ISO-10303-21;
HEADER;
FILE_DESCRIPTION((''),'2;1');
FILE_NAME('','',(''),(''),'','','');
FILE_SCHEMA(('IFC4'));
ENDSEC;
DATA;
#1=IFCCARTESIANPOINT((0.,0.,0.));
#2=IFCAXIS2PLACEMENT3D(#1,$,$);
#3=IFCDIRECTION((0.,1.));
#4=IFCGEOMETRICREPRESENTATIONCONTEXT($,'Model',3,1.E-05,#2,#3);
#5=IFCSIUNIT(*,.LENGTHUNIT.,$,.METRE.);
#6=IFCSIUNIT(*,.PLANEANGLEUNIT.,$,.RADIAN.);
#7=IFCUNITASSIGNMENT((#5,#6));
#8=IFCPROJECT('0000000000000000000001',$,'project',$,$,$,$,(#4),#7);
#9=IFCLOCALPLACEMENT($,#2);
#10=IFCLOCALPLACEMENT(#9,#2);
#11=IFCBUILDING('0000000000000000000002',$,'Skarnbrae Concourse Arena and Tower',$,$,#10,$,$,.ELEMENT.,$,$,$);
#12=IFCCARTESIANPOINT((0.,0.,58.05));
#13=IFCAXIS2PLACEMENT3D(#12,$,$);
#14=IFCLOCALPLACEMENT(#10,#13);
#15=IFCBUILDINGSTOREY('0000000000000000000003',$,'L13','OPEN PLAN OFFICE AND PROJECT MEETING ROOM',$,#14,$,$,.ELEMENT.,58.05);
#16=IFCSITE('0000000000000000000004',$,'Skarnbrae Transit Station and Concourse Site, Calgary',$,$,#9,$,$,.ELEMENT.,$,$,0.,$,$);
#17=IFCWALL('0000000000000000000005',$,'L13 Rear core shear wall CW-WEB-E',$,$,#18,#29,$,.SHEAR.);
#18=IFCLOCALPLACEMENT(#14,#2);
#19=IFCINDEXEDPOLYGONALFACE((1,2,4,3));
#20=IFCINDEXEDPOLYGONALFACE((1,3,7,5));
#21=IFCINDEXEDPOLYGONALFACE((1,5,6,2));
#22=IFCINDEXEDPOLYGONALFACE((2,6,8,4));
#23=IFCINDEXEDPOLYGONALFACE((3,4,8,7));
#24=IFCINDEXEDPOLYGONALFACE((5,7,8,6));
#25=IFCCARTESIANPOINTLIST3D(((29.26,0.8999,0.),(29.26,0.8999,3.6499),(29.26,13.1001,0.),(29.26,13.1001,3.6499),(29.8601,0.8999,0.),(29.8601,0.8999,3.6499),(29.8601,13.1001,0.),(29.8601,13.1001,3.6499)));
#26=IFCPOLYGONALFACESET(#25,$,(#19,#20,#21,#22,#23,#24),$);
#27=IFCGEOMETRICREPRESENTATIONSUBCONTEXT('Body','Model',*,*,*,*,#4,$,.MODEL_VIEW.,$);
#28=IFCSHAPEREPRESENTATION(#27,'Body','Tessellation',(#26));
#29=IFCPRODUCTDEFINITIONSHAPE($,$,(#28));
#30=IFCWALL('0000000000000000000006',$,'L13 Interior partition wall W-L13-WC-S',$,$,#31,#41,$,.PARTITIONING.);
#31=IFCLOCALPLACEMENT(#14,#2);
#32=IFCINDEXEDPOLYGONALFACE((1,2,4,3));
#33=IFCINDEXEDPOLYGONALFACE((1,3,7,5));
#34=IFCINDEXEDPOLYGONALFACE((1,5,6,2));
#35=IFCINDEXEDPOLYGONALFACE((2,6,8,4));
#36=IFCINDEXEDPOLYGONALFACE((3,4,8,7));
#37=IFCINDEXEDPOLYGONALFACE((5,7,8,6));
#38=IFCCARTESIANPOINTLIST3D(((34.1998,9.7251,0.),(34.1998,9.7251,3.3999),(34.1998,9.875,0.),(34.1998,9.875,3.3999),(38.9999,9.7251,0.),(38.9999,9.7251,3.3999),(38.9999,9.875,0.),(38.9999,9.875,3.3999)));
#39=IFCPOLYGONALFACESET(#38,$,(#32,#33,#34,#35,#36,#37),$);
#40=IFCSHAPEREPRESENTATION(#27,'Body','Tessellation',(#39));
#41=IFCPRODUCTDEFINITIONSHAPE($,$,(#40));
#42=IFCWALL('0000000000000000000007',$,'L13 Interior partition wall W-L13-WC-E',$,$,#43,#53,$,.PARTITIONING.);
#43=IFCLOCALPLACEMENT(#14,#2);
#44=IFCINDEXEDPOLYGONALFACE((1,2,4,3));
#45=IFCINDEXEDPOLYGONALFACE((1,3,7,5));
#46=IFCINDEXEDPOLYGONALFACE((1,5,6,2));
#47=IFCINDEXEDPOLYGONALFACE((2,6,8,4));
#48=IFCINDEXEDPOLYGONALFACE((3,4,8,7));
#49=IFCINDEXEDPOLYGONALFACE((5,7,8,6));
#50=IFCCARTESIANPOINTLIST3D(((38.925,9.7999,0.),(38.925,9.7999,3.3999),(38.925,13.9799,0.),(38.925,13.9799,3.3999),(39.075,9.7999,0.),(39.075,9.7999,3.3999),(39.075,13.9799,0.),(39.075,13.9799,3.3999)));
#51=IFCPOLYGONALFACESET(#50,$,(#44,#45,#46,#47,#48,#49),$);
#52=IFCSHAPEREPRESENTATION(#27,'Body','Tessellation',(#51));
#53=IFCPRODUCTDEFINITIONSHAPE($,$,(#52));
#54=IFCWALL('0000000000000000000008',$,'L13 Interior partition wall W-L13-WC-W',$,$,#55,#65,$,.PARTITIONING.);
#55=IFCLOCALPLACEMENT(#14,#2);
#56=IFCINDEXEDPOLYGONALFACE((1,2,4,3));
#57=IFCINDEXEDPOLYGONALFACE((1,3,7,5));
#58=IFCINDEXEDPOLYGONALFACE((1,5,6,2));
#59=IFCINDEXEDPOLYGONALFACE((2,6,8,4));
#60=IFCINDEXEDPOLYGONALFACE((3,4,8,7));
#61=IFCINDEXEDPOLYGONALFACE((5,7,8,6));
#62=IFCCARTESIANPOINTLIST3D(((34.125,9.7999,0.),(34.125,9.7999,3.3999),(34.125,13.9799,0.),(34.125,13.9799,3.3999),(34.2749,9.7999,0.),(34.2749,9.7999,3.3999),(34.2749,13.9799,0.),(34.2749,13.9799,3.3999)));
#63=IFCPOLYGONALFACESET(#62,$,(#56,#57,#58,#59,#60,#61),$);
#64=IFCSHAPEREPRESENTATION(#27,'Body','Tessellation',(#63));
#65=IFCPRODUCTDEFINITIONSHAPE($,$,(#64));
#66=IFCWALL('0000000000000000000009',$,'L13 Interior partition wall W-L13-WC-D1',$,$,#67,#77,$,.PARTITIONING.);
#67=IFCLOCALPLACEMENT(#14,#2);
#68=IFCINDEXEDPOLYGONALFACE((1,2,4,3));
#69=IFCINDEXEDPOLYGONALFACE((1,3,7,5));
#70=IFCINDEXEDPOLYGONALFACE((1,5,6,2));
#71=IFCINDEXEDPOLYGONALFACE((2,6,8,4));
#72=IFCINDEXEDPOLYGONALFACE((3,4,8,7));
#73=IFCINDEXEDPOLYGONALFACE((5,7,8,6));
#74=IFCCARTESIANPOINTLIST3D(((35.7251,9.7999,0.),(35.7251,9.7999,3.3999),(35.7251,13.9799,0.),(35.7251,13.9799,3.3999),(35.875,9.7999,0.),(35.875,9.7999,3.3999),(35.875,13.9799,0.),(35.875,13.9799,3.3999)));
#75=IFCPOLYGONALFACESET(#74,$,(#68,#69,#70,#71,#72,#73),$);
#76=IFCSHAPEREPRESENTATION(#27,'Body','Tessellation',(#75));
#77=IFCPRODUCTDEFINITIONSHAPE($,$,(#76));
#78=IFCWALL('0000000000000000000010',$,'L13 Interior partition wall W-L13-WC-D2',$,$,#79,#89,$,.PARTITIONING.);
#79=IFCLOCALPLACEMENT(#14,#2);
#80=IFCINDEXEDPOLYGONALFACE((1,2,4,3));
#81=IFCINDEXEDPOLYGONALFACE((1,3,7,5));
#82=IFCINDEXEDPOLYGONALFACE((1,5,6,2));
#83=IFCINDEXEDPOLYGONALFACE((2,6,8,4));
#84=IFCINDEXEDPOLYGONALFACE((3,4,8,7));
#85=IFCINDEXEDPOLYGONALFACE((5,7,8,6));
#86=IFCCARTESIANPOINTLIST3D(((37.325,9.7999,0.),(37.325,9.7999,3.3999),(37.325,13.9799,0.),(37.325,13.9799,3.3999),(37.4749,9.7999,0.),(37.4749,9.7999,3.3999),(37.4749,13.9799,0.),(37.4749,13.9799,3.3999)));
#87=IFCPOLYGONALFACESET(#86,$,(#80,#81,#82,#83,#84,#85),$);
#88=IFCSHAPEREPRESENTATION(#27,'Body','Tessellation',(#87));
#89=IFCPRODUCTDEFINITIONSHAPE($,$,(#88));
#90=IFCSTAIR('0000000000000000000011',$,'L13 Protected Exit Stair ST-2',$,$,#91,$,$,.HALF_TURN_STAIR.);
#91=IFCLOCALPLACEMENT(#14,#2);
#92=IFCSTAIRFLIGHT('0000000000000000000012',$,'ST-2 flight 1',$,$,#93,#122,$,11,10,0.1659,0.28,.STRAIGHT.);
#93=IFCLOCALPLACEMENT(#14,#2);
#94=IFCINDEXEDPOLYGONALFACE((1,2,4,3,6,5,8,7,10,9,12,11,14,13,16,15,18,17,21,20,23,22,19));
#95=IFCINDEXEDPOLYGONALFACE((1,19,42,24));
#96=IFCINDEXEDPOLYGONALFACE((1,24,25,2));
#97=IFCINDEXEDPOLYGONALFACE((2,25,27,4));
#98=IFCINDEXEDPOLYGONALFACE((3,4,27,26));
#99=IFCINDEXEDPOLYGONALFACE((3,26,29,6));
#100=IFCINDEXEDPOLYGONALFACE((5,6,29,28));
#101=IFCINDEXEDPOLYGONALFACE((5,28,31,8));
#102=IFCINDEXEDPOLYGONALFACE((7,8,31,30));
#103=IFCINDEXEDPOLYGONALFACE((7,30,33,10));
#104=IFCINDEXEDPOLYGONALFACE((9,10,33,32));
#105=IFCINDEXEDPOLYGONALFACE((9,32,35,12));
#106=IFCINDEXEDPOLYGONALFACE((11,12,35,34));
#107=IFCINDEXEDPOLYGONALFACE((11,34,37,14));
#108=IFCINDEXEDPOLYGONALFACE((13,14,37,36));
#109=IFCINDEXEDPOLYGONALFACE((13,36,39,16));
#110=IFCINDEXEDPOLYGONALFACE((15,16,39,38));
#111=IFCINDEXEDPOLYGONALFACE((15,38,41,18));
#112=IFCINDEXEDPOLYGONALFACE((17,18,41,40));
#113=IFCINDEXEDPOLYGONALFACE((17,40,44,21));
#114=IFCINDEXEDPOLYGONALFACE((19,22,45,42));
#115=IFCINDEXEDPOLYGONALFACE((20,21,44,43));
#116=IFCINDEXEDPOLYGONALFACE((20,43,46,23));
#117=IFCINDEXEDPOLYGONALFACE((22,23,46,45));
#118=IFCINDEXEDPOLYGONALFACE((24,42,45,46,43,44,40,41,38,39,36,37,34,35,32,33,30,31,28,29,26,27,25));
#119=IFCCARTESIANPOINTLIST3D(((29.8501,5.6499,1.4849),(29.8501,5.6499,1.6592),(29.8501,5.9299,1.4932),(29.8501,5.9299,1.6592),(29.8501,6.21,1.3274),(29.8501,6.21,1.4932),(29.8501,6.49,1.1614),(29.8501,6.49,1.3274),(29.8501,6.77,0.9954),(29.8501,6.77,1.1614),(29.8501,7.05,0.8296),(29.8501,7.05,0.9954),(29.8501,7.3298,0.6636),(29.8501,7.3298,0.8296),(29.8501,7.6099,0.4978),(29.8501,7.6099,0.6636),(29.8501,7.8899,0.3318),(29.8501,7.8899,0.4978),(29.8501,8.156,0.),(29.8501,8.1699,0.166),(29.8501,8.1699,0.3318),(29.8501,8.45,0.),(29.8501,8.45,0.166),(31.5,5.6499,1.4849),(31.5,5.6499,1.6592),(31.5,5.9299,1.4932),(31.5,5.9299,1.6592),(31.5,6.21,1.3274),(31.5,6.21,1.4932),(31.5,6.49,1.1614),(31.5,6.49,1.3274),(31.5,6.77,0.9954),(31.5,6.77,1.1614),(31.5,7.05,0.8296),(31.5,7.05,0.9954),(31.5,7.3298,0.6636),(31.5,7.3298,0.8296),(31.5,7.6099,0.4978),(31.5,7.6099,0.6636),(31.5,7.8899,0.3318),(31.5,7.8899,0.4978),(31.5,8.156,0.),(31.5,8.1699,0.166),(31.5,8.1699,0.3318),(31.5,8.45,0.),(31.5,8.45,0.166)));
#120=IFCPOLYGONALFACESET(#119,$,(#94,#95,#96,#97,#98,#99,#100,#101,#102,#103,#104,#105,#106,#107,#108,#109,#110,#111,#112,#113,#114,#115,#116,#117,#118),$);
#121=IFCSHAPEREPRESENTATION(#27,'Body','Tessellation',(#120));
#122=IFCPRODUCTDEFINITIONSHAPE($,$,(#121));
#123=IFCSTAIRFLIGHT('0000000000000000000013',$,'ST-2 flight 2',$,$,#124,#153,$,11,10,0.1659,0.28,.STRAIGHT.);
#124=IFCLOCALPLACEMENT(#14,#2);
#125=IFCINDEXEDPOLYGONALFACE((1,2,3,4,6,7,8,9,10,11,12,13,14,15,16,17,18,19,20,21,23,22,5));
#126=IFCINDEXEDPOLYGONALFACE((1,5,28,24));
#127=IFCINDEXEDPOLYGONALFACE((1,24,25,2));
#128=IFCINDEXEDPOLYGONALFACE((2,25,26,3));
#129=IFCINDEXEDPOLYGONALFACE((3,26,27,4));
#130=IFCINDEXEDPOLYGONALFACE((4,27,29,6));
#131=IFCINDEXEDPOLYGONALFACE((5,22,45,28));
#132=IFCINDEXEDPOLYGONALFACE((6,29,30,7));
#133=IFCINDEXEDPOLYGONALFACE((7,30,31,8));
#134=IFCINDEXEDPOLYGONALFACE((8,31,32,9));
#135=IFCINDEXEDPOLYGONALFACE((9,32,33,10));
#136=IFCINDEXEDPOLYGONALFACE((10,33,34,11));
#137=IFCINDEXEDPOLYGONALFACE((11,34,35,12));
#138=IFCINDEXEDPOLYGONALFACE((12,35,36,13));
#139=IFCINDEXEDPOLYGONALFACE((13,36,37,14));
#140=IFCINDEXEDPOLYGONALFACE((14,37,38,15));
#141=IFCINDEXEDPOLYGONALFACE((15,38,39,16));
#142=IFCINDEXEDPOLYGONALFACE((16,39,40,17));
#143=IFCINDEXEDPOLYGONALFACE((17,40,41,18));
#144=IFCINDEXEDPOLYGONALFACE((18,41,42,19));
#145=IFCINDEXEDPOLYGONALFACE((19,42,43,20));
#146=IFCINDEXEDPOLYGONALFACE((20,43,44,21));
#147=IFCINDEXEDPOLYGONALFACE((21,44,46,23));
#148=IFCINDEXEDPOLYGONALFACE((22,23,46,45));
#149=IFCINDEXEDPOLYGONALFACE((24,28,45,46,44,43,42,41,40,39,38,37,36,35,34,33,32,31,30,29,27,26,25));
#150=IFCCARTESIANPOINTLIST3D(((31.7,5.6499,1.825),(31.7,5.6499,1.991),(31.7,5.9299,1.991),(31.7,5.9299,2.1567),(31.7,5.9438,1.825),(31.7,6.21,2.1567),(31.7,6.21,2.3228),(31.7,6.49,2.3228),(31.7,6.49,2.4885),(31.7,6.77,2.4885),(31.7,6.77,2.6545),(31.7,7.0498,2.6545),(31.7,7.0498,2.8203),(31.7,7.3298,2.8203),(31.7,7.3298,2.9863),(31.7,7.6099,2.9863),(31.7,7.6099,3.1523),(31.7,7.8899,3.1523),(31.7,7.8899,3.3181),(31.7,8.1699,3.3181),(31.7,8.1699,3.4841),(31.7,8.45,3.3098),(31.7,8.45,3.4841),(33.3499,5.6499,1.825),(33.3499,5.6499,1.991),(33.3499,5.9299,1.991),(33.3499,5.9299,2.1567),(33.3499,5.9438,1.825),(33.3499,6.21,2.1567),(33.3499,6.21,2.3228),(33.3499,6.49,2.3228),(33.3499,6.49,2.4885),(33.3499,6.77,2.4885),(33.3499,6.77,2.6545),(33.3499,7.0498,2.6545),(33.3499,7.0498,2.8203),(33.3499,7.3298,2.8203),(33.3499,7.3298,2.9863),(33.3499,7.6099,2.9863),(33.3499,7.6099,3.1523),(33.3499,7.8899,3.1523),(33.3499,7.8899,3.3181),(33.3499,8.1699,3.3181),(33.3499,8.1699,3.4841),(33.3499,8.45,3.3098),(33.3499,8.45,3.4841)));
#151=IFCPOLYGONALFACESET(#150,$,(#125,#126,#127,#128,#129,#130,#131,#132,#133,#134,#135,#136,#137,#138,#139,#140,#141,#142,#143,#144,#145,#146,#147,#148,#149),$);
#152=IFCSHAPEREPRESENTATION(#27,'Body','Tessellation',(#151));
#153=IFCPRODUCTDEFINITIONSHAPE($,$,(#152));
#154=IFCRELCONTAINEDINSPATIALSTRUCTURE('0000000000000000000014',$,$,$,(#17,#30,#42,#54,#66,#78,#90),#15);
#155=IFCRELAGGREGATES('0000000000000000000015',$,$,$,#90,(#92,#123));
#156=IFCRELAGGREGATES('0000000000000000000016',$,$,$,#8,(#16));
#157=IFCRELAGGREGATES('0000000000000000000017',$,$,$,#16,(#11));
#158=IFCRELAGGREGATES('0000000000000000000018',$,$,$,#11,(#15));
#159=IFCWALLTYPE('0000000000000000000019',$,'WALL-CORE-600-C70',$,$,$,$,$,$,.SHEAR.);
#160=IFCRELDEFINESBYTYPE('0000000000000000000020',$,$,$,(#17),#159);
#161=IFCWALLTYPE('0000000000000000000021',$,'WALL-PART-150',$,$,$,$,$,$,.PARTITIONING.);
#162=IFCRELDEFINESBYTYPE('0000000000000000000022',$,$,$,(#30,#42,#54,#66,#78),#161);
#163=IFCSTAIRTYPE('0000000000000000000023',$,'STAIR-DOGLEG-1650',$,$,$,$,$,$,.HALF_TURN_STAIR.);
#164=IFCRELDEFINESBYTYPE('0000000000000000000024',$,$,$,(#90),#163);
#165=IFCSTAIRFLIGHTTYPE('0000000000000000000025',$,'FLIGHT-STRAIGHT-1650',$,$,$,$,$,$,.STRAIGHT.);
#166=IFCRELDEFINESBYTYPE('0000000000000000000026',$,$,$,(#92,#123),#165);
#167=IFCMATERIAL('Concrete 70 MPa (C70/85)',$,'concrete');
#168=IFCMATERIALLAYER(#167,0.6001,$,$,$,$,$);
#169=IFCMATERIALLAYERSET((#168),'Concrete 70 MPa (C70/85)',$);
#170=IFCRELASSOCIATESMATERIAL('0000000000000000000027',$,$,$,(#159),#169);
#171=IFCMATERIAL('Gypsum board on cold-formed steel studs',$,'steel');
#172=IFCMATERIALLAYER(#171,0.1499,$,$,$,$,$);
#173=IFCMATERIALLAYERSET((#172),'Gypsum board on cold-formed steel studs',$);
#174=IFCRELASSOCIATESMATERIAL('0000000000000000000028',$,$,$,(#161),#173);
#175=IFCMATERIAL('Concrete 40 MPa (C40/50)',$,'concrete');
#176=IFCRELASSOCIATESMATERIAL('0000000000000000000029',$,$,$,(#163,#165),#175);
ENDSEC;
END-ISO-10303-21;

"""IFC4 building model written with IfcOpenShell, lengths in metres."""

from ifc_helpers import new_model, si_unit, direction, frame, frame_2d, origin, place, context, subcontext, project, spatial, polyline, rectangle, outline, extrude, source, transform, mapped, material, layer, layer_set, type_object, element, aggregate, save


model = new_model("IFC4")

# Units and contexts
model_context = context("Model", 3, precision=1e-05, world=origin(), true_north=direction((0.0, 1.0)))
body_context = subcontext(model_context, "Body", "Model", "MODEL_VIEW")
ifc_project = project(units=[si_unit("LENGTHUNIT", "METRE"), si_unit("PLANEANGLEUNIT", "RADIAN")], contexts=[model_context])

# Site, building, storey
site_placement = place(None, origin())
site = spatial("IfcSite", under=ifc_project, at=site_placement, Name="Skarnbrae Transit Station and Concourse Site, Calgary", CompositionType="ELEMENT", RefElevation=0.0)
building_placement = place(site_placement, origin())
building = spatial("IfcBuilding", under=site, at=building_placement, Name="Skarnbrae Concourse Arena and Tower", CompositionType="ELEMENT")
storey_placement = place(building_placement, frame((0.0, 0.0, 58.05)))
storey = spatial("IfcBuildingStorey", under=building, at=storey_placement, Name="L13", Description="OPEN PLAN OFFICE AND PROJECT MEETING ROOM", CompositionType="ELEMENT", Elevation=58.05)

# Wall
ifc_material_1 = material(Name="Concrete 70 MPa (C70/85)", Category="concrete")
ifc_layer_1 = layer(ifc_material_1, 0.6001)
ifc_layer_set_1 = layer_set([ifc_layer_1], Name="Concrete 70 MPa (C70/85)")
wall_type_1 = type_object("IfcWallType", Name="WALL-CORE-600-C70", PredefinedType="SHEAR", material=ifc_layer_set_1)
shared_shape_1 = source(origin(), body_context, "Body", "SweptSolid", [
    extrude(rectangle(XDim=12.2002, YDim=0.6001, at=frame_2d((6.1001, 0.0))), origin(), (0.0, 0.0, 1.0), 3.6499),
])
wall_1_placement = place(storey_placement, frame((29.5601, 0.8999, 0.0), z_axis=(0.0, 0.0, 1.0), x_axis=(0.0, 1.0, 0.0)))
element("IfcWall", 1, at=wall_1_placement, inside=storey, type_object=wall_type_1, Name="L13 Rear core shear wall CW-WEB-E", PredefinedType="SHEAR", context=body_context, shape_type="MappedRepresentation", body=[
    mapped(shared_shape_1, transform((0.0, 0.0, 0.0))),
])

# Walls
ifc_material_2 = material(Name="Gypsum board on cold-formed steel studs", Category="steel")
ifc_layer_2 = layer(ifc_material_2, 0.1499)
ifc_layer_set_2 = layer_set([ifc_layer_2], Name="Gypsum board on cold-formed steel studs")
wall_type_2 = type_object("IfcWallType", Name="WALL-PART-150", PredefinedType="PARTITIONING", material=ifc_layer_set_2)
shared_shape_2 = source(origin(), body_context, "Body", "SweptSolid", [
    extrude(rectangle(XDim=4.8, YDim=0.1499, at=frame_2d((2.3999, 0.0))), origin(), (0.0, 0.0, 1.0), 3.3999),
])
wall_2_placement = place(storey_placement, frame((34.2, 9.8, 0.0), z_axis=(0.0, 0.0, 1.0), x_axis=(1.0, 0.0, 0.0)))
element("IfcWall", 2, at=wall_2_placement, inside=storey, type_object=wall_type_2, Name="L13 Interior partition wall W-L13-WC-S", PredefinedType="PARTITIONING", context=body_context, shape_type="MappedRepresentation", body=[
    mapped(shared_shape_2, transform((0.0, 0.0, 0.0))),
])
shared_shape_3 = source(origin(), body_context, "Body", "SweptSolid", [
    extrude(rectangle(XDim=4.1799, YDim=0.1499, at=frame_2d((2.0898, 0.0))), origin(), (0.0, 0.0, 1.0), 3.3999),
])
for number, where, z_axis, x_axis, name in (
    (3, (39.0, 9.8, 0.0), (0.0, 0.0, 1.0), (0.0, 1.0, 0.0), "L13 Interior partition wall W-L13-WC-E"),
    (4, (34.2, 9.8, 0.0), (0.0, 0.0, 1.0), (0.0, 1.0, 0.0), "L13 Interior partition wall W-L13-WC-W"),
    (5, (35.8, 9.8, 0.0), (0.0, 0.0, 1.0), (0.0, 1.0, 0.0), "L13 Interior partition wall W-L13-WC-D1"),
    (6, (37.3999, 9.8, 0.0), (0.0, 0.0, 1.0), (0.0, 1.0, 0.0), "L13 Interior partition wall W-L13-WC-D2"),
):
    element("IfcWall", number, at=place(storey_placement, frame(where, z_axis=z_axis, x_axis=x_axis)), inside=storey, type_object=wall_type_2, Name=name, PredefinedType="PARTITIONING", context=body_context, shape_type="MappedRepresentation", body=[
        mapped(shared_shape_3, transform((0.0, 0.0, 0.0))),
    ])

# Stair, stair flights
ifc_material_3 = material(Name="Concrete 40 MPa (C40/50)", Category="concrete")
stair_type = type_object("IfcStairType", Name="STAIR-DOGLEG-1650", PredefinedType="HALF_TURN_STAIR", material=ifc_material_3)
stair_placement = place(storey_placement, origin())
stair = element("IfcStair", 7, at=stair_placement, inside=storey, type_object=stair_type, Name="L13 Protected Exit Stair ST-2", PredefinedType="HALF_TURN_STAIR")
stair_flight_type = type_object("IfcStairFlightType", Name="FLIGHT-STRAIGHT-1650", PredefinedType="STRAIGHT", material=ifc_material_3)
shared_shape_4 = source(origin(), body_context, "Body", "SweptSolid", [
    extrude(outline(polyline([(0.0, 0.0), (0.0, 0.166), (0.28, 0.166), (0.28, 0.3318), (0.5601, 0.3318), (0.5601, 0.4978), (0.8401, 0.4978), (0.8401, 0.6636), (1.1201, 0.6636), (1.1201, 0.8296), (1.3999, 0.8296), (1.3999, 0.9954), (1.6799, 0.9954), (1.6799, 1.1614), (1.96, 1.1614), (1.96, 1.3274), (2.24, 1.3274), (2.24, 1.4932), (2.52, 1.4932), (2.52, 1.6592), (2.8, 1.6592), (2.8, 1.825), (2.8, 1.4849), (0.2939, 0.0), (0.0, 0.0)])), frame((0.0, 0.825, 0.0), z_axis=(0.0, -1.0, 0.0), x_axis=(1.0, 0.0, 0.0)), (0.0, 0.0, 1.0), 1.6499),
])
stair_flight_1_placement = place(storey_placement, frame((30.675, 8.45, 0.0), z_axis=(0.0, 0.0, 1.0), x_axis=(0.0, -1.0, 0.0)))
stair_flight_1 = element("IfcStairFlight", 8, at=stair_flight_1_placement, type_object=stair_flight_type, Name="ST-2 flight 1", NumberOfRisers=11, NumberOfTreads=10, PredefinedType="STRAIGHT", RiserHeight=0.1659, TreadLength=0.28, context=body_context, shape_type="MappedRepresentation", body=[
    mapped(shared_shape_4, transform((0.0, 0.0, 0.0))),
])
stair_flight_2_placement = place(storey_placement, frame((32.5249, 5.6499, 1.825), z_axis=(0.0, 0.0, 1.0), x_axis=(0.0, 1.0, 0.0)))
stair_flight_2 = element("IfcStairFlight", 9, at=stair_flight_2_placement, type_object=stair_flight_type, Name="ST-2 flight 2", NumberOfRisers=11, NumberOfTreads=10, PredefinedType="STRAIGHT", RiserHeight=0.1659, TreadLength=0.28, context=body_context, shape_type="MappedRepresentation", body=[
    mapped(shared_shape_4, transform((0.0, 0.0, 0.0))),
])
aggregate(stair, [stair_flight_1, stair_flight_2])

save(model, "model.ifc")
